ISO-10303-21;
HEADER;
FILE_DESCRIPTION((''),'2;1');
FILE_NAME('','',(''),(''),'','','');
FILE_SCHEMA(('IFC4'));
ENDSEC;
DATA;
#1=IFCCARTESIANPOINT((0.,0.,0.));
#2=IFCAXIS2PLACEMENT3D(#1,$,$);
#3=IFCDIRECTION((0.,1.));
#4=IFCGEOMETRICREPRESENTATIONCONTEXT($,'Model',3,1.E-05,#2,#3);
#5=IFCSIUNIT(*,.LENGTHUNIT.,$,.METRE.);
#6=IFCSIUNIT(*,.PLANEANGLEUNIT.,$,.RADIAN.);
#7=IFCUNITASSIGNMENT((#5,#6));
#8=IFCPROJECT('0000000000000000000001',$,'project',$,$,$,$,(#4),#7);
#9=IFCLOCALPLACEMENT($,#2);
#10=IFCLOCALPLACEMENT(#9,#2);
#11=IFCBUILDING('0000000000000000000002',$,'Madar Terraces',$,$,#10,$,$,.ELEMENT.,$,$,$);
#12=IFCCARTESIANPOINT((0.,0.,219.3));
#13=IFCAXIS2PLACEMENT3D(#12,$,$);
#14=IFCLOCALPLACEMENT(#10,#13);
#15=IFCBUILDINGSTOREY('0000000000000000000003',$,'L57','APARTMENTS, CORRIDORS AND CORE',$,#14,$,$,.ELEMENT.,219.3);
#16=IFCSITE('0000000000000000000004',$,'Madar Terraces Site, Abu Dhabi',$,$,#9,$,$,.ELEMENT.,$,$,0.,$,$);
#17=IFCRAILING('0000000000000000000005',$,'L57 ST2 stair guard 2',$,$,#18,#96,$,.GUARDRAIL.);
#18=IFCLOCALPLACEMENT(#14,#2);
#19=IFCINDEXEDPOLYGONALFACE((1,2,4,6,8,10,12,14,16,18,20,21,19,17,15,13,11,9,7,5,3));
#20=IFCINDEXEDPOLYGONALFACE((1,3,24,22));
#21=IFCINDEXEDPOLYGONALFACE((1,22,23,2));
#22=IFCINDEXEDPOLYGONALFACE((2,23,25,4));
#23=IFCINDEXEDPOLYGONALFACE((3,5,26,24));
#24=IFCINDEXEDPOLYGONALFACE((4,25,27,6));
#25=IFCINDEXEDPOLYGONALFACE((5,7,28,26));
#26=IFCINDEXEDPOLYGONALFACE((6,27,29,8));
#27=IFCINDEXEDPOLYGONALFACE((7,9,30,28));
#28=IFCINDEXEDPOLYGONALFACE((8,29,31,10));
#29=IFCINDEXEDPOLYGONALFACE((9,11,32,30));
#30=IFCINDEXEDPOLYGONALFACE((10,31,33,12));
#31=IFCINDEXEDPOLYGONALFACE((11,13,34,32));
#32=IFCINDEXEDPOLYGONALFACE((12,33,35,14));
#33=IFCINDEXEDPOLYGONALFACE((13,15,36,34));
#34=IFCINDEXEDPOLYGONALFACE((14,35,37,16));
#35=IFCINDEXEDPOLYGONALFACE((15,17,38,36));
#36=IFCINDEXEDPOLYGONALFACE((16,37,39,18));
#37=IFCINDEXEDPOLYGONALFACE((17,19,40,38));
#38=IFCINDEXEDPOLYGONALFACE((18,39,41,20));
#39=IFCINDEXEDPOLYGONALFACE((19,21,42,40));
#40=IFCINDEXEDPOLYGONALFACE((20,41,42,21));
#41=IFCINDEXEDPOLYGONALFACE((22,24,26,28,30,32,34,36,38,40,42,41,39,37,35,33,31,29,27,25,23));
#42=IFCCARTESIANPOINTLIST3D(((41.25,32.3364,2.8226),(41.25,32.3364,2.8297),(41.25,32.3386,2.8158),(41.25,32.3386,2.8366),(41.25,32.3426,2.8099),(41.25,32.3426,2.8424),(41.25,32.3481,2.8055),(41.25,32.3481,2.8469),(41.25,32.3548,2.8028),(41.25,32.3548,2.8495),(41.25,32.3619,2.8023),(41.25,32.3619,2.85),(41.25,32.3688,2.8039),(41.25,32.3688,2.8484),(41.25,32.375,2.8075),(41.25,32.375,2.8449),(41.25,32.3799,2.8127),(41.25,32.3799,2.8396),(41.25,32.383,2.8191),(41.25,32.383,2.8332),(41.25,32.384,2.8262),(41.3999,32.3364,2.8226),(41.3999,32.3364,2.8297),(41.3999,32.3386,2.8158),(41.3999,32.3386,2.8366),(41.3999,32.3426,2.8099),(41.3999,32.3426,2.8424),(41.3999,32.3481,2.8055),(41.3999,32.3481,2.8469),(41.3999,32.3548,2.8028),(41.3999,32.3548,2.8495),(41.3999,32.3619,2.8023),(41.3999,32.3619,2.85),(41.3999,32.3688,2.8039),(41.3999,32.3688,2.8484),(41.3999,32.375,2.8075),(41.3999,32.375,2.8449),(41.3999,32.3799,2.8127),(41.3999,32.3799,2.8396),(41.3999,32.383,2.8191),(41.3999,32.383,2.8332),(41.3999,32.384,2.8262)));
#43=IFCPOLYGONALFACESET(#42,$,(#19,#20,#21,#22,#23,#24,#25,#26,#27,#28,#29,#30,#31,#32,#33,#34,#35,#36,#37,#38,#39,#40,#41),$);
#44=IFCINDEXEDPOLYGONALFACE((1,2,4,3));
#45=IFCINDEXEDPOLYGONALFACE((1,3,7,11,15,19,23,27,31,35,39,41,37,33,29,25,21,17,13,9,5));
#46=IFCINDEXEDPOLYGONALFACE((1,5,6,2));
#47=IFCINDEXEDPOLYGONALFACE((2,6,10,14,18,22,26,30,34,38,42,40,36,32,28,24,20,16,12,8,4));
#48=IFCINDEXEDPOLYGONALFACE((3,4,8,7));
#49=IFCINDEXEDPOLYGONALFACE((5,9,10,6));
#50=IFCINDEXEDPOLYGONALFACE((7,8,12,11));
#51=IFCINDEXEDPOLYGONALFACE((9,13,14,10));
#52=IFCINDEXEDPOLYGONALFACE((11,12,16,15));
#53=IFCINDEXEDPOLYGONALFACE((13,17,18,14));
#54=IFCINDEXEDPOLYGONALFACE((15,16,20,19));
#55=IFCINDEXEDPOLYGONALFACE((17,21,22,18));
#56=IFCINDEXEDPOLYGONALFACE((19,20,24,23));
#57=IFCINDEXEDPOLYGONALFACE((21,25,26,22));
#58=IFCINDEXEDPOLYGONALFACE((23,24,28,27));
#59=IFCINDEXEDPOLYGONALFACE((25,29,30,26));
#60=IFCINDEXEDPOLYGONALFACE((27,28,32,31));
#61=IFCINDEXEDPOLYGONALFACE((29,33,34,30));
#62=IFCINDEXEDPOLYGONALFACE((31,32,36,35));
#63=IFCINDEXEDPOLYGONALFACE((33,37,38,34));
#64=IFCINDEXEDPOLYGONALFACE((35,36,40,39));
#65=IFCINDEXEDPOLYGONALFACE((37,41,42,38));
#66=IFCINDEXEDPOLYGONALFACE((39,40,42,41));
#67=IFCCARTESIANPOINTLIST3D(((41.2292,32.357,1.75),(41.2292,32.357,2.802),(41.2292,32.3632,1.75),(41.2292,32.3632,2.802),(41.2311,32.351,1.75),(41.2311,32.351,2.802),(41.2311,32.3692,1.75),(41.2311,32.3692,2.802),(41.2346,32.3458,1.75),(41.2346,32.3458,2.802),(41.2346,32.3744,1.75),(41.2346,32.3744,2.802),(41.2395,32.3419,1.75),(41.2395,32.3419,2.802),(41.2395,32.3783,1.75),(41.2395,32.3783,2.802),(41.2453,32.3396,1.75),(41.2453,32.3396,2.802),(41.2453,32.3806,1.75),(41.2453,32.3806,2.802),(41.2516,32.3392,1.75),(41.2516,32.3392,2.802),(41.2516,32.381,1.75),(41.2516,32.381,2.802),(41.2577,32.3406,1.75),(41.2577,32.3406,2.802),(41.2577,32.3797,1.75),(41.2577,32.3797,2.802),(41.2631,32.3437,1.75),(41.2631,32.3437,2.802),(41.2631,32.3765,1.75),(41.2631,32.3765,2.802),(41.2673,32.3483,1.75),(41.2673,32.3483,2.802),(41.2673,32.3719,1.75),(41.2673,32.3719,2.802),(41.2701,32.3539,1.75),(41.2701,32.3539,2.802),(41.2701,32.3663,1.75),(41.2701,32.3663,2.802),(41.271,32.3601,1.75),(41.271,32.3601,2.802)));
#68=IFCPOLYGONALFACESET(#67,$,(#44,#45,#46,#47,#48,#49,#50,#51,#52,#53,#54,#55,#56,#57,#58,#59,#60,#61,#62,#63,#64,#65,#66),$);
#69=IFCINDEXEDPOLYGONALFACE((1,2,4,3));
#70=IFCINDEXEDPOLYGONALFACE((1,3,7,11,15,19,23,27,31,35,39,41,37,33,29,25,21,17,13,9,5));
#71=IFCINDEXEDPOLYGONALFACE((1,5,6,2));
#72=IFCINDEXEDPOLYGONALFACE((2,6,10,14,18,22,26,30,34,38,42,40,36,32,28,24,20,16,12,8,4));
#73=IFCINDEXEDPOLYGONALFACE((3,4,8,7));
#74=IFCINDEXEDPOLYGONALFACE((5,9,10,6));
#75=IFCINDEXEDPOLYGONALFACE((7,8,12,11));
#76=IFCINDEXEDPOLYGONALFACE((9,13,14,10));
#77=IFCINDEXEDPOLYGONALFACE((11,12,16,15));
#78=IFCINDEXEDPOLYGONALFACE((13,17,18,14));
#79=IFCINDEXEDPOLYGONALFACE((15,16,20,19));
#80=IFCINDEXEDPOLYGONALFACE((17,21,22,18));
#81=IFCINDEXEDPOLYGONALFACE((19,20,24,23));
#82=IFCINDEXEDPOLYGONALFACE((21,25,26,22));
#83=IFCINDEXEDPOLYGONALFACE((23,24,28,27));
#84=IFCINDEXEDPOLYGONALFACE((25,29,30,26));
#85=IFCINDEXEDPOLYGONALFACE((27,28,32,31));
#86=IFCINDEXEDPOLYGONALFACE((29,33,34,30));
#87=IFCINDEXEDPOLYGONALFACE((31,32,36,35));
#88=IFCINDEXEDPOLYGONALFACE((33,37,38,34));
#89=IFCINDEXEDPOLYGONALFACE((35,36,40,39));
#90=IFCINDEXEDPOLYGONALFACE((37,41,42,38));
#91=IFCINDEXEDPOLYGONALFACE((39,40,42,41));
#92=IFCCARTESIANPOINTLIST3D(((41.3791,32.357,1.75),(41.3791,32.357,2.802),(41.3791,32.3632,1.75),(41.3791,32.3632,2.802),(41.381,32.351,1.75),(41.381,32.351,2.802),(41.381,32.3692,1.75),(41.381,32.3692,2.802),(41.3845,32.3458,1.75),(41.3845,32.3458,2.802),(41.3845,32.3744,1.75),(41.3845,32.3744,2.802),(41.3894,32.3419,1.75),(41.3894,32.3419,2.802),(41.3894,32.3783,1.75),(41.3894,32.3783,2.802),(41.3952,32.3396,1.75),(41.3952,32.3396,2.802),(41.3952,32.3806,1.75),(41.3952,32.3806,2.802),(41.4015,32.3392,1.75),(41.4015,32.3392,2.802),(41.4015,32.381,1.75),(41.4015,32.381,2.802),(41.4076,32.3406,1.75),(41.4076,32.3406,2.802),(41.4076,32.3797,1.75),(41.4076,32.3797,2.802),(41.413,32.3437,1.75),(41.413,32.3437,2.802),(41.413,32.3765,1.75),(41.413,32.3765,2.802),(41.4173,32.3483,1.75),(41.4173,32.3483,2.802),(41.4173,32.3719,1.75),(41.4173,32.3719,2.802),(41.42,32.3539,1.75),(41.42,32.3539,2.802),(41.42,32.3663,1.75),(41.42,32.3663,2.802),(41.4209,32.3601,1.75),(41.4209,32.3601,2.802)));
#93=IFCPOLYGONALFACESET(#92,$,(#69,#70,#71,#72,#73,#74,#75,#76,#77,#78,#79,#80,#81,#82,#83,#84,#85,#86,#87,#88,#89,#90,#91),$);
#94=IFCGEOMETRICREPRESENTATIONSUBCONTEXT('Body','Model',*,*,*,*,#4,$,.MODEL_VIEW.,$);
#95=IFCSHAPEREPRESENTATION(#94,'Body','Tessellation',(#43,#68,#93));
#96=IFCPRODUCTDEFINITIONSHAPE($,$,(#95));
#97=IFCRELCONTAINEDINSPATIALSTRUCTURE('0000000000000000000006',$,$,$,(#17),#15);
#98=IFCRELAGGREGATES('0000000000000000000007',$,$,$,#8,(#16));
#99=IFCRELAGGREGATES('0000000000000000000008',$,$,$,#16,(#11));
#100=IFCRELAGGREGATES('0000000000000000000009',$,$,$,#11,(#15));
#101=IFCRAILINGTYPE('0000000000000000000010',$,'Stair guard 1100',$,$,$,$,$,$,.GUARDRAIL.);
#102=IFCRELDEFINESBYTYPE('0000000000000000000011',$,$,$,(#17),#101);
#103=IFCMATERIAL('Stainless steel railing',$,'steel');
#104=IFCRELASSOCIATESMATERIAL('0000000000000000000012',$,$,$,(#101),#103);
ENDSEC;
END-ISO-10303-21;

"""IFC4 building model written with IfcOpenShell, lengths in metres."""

from ifc_helpers import new_model, si_unit, direction, frame, origin, origin_2d, place, context, subcontext, project, spatial, circle, extrude, material, type_object, element, save


model = new_model("IFC4")

# Units and contexts
model_context = context("Model", 3, precision=1e-05, world=origin(), true_north=direction((0.0, 1.0)))
body_context = subcontext(model_context, "Body", "Model", "MODEL_VIEW")
ifc_project = project(units=[si_unit("LENGTHUNIT", "METRE"), si_unit("PLANEANGLEUNIT", "RADIAN")], contexts=[model_context])

# Site, building, storey
site_placement = place(None, origin())
site = spatial("IfcSite", under=ifc_project, at=site_placement, Name="Madar Terraces Site, Abu Dhabi", CompositionType="ELEMENT", RefElevation=0.0)
building_placement = place(site_placement, origin())
building = spatial("IfcBuilding", under=site, at=building_placement, Name="Madar Terraces", CompositionType="ELEMENT")
storey_placement = place(building_placement, frame((0.0, 0.0, 219.3)))
storey = spatial("IfcBuildingStorey", under=building, at=storey_placement, Name="L57", Description="APARTMENTS, CORRIDORS AND CORE", CompositionType="ELEMENT", Elevation=219.3)

# Railing
ifc_material_1 = material(Name="Stainless steel railing", Category="steel")
railing_type_1 = type_object("IfcRailingType", Name="Stair guard 1100", PredefinedType="GUARDRAIL", material=ifc_material_1)
railing_1_placement = place(storey_placement, frame((41.25, 32.3601, 1.75)))
element("IfcRailing", 1, at=railing_1_placement, inside=storey, type_object=railing_type_1, Name="L57 ST2 stair guard 2", PredefinedType="GUARDRAIL", context=body_context, shape_type="SweptSolid", body=[
    extrude(circle(Radius=0.0239, at=origin_2d()), frame((0.0, 0.0, 1.0762), z_axis=(1.0, 0.0, 0.0), x_axis=(0.0, 1.0, 0.0)), (0.0, 0.0, 1.0), 0.1499),
    extrude(circle(Radius=0.021, at=origin_2d()), origin(), (0.0, 0.0, 1.0), 1.052),
    extrude(circle(Radius=0.021, at=origin_2d()), frame((0.1499, 0.0, 0.0)), (0.0, 0.0, 1.0), 1.052),
])

save(model, "model.ifc")
